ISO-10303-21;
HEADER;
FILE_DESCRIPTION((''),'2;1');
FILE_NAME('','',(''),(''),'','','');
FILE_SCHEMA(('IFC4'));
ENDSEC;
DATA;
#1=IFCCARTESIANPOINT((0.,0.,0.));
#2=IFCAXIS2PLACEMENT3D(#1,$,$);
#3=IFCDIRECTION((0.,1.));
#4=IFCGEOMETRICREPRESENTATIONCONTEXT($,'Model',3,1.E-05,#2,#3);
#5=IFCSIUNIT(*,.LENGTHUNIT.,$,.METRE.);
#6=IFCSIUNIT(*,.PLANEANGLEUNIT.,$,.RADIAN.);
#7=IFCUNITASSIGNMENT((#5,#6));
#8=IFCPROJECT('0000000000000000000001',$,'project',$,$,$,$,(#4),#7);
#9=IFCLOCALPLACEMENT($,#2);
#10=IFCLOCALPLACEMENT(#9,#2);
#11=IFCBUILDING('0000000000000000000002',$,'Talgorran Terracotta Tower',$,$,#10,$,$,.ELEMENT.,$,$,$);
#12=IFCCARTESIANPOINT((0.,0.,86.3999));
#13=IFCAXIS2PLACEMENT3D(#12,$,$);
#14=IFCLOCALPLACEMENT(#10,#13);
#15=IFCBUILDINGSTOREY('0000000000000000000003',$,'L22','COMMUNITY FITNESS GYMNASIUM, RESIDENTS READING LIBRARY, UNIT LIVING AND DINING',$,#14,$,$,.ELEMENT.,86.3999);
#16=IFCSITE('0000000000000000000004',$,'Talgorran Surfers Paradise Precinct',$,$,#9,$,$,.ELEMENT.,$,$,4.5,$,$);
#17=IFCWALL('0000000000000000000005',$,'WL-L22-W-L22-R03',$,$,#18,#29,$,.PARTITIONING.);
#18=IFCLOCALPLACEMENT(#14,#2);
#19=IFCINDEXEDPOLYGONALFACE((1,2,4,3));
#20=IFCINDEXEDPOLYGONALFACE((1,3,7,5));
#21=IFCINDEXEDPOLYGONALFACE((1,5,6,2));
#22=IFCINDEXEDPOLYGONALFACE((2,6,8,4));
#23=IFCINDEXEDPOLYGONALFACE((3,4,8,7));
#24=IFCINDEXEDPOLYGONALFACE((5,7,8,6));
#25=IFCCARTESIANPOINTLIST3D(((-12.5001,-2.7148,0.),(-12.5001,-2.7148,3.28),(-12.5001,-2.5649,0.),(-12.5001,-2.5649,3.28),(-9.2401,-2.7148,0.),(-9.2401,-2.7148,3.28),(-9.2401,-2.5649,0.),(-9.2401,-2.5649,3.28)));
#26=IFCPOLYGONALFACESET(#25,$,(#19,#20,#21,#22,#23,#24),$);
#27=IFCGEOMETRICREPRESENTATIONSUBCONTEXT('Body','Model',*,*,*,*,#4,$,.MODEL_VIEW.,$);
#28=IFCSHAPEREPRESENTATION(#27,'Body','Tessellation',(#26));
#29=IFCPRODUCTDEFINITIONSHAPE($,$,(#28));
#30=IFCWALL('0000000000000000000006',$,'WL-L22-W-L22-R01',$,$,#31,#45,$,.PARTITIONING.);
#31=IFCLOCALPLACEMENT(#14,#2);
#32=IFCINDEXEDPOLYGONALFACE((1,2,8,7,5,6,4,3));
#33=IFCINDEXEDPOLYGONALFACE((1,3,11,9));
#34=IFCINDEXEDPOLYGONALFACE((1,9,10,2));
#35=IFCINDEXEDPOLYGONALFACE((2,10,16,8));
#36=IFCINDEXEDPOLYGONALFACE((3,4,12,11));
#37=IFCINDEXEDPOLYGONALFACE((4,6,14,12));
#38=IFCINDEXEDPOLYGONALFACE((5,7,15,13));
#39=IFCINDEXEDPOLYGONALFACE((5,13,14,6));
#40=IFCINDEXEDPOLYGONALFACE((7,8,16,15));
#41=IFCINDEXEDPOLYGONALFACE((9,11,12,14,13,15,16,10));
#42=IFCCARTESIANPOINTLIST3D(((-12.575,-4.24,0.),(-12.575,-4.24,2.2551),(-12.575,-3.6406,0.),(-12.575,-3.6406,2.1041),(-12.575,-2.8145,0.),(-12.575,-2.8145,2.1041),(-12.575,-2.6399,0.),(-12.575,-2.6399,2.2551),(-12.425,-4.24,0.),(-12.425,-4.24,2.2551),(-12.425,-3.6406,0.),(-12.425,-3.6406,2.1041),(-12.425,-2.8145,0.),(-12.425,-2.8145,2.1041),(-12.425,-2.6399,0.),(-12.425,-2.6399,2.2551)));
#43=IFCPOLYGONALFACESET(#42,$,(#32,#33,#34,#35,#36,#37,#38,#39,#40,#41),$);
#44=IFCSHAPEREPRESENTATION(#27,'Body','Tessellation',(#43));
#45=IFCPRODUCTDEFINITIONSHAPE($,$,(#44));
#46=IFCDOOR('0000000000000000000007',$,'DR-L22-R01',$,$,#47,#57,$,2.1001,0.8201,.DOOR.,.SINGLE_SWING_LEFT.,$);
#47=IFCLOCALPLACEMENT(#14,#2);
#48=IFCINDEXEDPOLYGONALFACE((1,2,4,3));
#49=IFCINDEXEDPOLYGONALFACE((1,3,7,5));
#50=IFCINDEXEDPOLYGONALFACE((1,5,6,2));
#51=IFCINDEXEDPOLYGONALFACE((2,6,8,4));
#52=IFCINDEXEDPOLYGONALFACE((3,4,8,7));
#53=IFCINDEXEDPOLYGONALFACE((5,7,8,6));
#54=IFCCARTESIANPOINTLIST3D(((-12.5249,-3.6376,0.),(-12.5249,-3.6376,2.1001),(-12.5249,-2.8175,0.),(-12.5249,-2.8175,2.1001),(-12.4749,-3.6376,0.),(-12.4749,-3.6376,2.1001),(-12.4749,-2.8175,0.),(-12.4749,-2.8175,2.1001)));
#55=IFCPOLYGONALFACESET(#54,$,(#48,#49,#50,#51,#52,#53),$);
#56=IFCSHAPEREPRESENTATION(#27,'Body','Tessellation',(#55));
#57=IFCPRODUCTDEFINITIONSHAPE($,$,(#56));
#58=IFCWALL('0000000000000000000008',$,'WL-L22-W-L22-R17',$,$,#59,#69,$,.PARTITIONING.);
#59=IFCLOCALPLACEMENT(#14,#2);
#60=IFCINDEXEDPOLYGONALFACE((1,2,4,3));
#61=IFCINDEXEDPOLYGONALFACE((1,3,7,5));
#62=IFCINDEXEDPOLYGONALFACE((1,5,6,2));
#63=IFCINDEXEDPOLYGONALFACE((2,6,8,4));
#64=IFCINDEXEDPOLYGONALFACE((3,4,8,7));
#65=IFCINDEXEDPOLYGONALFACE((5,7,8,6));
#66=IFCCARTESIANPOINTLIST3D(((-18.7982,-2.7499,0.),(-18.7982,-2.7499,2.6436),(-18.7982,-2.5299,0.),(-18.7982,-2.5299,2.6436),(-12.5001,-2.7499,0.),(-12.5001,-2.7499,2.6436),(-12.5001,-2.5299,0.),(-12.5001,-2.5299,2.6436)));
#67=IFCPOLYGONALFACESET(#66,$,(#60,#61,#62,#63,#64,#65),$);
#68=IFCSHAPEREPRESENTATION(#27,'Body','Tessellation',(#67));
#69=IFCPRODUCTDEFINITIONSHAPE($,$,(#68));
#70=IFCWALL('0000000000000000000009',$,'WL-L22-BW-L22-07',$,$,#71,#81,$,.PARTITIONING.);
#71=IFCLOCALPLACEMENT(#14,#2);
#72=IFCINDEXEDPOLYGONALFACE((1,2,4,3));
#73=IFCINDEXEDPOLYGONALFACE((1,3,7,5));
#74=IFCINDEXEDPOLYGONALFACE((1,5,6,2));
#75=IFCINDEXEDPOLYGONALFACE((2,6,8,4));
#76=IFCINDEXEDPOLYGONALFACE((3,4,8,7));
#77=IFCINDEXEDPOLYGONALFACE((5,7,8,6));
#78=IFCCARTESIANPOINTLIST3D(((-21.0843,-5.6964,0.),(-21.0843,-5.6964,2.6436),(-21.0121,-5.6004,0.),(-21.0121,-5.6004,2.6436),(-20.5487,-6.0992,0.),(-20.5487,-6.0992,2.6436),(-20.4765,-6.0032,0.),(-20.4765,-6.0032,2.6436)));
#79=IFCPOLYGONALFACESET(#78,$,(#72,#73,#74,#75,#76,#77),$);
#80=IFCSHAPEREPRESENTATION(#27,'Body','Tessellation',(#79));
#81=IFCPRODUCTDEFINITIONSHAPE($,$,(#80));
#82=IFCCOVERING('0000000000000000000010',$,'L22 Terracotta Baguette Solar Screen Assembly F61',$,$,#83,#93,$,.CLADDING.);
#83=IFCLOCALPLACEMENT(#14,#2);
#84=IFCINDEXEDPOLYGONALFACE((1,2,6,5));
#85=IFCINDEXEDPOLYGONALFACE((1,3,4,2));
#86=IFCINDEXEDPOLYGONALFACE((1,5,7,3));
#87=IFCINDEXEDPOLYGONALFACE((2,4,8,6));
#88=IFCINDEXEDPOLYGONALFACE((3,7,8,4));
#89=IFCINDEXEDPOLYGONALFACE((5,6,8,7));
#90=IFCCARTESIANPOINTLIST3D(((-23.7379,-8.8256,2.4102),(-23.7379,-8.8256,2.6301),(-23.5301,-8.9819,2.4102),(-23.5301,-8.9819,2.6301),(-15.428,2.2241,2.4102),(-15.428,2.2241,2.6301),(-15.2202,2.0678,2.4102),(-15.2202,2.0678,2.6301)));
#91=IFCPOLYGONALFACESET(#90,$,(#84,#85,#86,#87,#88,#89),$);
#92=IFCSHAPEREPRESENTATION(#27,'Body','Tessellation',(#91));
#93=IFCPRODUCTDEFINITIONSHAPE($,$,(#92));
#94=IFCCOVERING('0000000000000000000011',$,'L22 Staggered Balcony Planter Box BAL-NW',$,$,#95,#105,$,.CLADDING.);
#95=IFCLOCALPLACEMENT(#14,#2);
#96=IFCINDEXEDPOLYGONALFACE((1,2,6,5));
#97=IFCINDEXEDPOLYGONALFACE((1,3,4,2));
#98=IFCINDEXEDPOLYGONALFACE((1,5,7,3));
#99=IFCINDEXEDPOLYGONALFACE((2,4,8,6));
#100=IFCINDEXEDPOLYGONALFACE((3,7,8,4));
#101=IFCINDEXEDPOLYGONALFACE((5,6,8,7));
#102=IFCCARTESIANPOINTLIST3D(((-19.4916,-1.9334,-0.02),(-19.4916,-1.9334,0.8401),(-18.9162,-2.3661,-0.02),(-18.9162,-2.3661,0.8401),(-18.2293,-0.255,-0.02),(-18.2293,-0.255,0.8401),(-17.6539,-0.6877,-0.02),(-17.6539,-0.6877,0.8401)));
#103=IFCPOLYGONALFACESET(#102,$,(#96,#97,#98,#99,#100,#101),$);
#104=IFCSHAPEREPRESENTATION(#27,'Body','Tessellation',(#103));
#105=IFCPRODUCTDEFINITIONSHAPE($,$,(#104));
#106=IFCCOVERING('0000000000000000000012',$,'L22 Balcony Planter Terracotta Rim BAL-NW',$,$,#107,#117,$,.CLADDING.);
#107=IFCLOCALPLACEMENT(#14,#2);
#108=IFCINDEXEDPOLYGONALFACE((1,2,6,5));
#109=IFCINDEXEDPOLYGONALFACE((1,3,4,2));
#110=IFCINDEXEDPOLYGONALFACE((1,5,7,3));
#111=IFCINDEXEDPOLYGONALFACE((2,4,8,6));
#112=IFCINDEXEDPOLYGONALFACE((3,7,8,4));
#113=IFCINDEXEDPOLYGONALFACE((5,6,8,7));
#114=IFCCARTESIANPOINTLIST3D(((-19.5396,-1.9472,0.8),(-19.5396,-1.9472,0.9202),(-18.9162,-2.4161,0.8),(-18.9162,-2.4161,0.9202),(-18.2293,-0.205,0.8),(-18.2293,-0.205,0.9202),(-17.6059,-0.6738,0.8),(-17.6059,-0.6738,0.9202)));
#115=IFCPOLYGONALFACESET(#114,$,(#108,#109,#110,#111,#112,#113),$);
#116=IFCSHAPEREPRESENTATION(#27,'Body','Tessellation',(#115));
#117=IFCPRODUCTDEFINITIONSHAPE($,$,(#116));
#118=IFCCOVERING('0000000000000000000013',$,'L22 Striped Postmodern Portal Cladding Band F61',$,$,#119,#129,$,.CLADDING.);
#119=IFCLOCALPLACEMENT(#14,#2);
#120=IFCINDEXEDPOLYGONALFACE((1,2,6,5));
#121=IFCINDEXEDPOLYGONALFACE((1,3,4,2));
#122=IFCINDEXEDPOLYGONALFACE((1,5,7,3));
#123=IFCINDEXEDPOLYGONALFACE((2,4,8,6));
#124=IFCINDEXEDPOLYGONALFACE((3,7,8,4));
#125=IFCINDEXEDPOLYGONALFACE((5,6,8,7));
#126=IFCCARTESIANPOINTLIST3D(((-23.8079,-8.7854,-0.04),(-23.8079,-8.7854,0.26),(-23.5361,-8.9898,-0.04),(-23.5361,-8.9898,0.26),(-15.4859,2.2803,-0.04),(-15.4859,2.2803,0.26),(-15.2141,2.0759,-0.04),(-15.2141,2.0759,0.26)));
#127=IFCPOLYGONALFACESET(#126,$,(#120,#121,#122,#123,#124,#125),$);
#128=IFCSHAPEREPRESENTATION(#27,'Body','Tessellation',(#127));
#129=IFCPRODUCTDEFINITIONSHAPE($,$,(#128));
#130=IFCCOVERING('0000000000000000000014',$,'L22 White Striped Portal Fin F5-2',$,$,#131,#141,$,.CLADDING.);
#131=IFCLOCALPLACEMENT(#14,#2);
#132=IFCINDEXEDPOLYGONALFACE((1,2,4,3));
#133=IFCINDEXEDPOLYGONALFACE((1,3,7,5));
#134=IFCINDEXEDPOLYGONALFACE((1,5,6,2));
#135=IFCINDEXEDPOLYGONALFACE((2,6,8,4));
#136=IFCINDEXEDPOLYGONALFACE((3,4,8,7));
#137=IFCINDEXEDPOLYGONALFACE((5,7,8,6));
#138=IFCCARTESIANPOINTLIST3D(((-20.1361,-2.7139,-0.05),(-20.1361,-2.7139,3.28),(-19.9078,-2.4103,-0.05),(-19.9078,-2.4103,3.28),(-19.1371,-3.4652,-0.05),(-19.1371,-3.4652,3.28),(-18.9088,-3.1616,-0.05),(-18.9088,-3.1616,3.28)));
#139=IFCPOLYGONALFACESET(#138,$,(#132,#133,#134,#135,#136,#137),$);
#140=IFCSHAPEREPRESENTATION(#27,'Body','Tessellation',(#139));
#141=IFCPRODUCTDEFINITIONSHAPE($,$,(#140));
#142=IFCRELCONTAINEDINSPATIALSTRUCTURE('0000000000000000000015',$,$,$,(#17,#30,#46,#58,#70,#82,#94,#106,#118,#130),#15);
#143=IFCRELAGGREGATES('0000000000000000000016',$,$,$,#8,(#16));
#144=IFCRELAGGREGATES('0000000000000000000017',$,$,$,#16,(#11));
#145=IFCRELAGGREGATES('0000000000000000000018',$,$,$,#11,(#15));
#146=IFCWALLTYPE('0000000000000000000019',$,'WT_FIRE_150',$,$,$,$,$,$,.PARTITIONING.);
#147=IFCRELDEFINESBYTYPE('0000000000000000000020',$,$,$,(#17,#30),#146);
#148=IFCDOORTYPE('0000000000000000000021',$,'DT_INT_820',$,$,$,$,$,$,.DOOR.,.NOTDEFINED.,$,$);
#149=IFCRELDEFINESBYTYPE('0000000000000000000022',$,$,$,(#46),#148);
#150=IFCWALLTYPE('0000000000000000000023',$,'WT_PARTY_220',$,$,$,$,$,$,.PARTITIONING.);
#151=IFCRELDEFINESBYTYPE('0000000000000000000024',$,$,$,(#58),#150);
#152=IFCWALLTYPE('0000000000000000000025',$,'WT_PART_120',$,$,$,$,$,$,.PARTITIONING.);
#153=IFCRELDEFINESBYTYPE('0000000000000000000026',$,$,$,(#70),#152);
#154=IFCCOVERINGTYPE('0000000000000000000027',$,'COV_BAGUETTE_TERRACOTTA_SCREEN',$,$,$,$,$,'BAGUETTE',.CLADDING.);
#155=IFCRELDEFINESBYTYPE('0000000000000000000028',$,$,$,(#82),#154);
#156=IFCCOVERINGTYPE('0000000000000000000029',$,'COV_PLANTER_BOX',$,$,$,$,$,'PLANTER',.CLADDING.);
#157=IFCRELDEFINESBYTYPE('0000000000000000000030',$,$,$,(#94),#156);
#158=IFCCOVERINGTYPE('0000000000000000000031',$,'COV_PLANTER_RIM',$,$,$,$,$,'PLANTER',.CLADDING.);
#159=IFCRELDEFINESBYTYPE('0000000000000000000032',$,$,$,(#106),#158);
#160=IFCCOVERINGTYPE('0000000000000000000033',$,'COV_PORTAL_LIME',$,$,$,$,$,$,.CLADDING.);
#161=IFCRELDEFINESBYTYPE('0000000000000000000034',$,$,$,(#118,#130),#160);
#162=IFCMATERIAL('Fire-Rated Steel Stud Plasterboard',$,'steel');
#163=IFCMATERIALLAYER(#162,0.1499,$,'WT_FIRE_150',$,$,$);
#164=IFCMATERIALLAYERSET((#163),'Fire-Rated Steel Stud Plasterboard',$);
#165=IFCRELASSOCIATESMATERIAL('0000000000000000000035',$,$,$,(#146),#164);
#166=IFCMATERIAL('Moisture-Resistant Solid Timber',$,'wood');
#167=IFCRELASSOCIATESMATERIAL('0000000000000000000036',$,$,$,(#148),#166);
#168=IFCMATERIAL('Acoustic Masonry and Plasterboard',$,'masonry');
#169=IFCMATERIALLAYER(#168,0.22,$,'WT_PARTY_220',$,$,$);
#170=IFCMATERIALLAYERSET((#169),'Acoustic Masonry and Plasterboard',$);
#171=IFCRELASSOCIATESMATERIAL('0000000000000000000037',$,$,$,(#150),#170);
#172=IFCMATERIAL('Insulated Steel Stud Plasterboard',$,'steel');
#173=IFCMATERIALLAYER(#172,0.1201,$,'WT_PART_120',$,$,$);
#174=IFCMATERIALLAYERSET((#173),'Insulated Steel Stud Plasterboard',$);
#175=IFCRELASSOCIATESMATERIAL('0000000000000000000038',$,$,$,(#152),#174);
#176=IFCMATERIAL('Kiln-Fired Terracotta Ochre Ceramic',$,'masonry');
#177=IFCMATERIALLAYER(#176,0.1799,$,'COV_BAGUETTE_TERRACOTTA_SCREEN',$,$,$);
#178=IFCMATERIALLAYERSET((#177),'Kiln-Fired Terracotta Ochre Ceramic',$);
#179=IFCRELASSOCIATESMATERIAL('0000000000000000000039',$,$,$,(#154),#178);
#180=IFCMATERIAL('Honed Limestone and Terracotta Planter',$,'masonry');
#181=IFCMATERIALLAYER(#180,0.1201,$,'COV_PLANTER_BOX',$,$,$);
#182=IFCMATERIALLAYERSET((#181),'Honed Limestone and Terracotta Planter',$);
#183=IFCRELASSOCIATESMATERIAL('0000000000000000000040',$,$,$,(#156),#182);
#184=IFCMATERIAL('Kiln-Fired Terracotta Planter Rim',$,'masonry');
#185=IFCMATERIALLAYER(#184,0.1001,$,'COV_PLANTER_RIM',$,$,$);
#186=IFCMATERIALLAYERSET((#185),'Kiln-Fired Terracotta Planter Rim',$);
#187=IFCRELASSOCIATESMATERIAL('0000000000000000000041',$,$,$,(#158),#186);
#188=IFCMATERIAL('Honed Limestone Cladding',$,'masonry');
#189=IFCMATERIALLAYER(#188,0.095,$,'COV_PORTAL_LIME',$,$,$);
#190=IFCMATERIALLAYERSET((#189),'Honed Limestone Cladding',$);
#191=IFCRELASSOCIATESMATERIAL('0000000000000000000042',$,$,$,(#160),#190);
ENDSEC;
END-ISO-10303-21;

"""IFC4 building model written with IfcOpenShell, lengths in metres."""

from ifc_helpers import new_model, si_unit, direction, frame, frame_2d, origin, origin_2d, place, context, subcontext, project, spatial, rectangle, extrude, material, layer, layer_set, type_object, element, fill, save


model = new_model("IFC4")

# Units and contexts
model_context = context("Model", 3, precision=1e-05, world=origin(), true_north=direction((0.0, 1.0)))
body_context = subcontext(model_context, "Body", "Model", "MODEL_VIEW")
ifc_project = project(units=[si_unit("LENGTHUNIT", "METRE"), si_unit("PLANEANGLEUNIT", "RADIAN")], contexts=[model_context])

# Site, building, storey
site_placement = place(None, origin())
site = spatial("IfcSite", under=ifc_project, at=site_placement, Name="Talgorran Surfers Paradise Precinct", CompositionType="ELEMENT", RefElevation=4.5)
building_placement = place(site_placement, origin())
building = spatial("IfcBuilding", under=site, at=building_placement, Name="Talgorran Terracotta Tower", CompositionType="ELEMENT")
storey_placement = place(building_placement, frame((0.0, 0.0, 86.3999)))
storey = spatial("IfcBuildingStorey", under=building, at=storey_placement, Name="L22", Description="COMMUNITY FITNESS GYMNASIUM, RESIDENTS READING LIBRARY, UNIT LIVING AND DINING", CompositionType="ELEMENT", Elevation=86.3999)

# Shared definitions
ifc_material_1 = material(Name="Fire-Rated Steel Stud Plasterboard", Category="steel")
ifc_layer_1 = layer(ifc_material_1, 0.1499, Name="WT_FIRE_150")
ifc_layer_set_1 = layer_set([ifc_layer_1], Name="Fire-Rated Steel Stud Plasterboard")
wall_type_1 = type_object("IfcWallType", Name="WT_FIRE_150", PredefinedType="PARTITIONING", material=ifc_layer_set_1)

# Wall
wall_1_placement = place(storey_placement, frame((-12.5, -2.6399, 0.0), z_axis=(0.0, 0.0, 1.0), x_axis=(1.0, 0.0, 0.0)))
element("IfcWall", 1, at=wall_1_placement, inside=storey, type_object=wall_type_1, Name="WL-L22-W-L22-R03", PredefinedType="PARTITIONING", context=body_context, shape_type="SweptSolid", body=[
    extrude(rectangle(XDim=3.26, YDim=0.1499, at=frame_2d((1.6299, 0.0))), origin(), (0.0, 0.0, 1.0), 3.28),
])

# Wall, opening, door
wall_2_placement = place(storey_placement, frame((-12.5, -4.24, 0.0), z_axis=(0.0, 0.0, 1.0), x_axis=(0.0, 1.0, 0.0)))
wall_2 = element("IfcWall", 2, at=wall_2_placement, inside=storey, type_object=wall_type_1, Name="WL-L22-W-L22-R01", PredefinedType="PARTITIONING", context=body_context, shape_type="SweptSolid", body=[
    extrude(rectangle(XDim=1.6001, YDim=0.1499, at=frame_2d((0.8, 0.0))), origin(), (0.0, 0.0, 1.0), 2.2551),
])
opening_1_placement = place(wall_2_placement, frame((0.6023, 0.0, 0.0)))
opening_1 = element("IfcOpeningElement", 3, at=opening_1_placement, cuts=wall_2, PredefinedType="OPENING", context=body_context, shape_type="SweptSolid", body=[
    extrude(rectangle(XDim=0.8261, YDim=2.1041, at=frame_2d((0.4102, 1.052))), frame((0.0, 0.085, 0.0), z_axis=(0.0, -1.0, 0.0), x_axis=(1.0, 0.0, 0.0)), (0.0, 0.0, 1.0), 0.1699),
])
ifc_material_2 = material(Name="Moisture-Resistant Solid Timber", Category="wood")
door_type_1 = type_object("IfcDoorType", Name="DT_INT_820", OperationType="NOTDEFINED", PredefinedType="DOOR", material=ifc_material_2)
door_1_placement = place(opening_1_placement, origin())
door_1 = element("IfcDoor", 4, at=door_1_placement, inside=storey, type_object=door_type_1, Name="DR-L22-R01", OperationType="SINGLE_SWING_LEFT", OverallHeight=2.1001, OverallWidth=0.8201, PredefinedType="DOOR", context=body_context, shape_type="SweptSolid", body=[
    extrude(rectangle(XDim=0.8201, YDim=2.1001, at=frame_2d((0.4102, 1.05))), frame((0.0, 0.0249, 0.0), z_axis=(0.0, -1.0, 0.0), x_axis=(1.0, 0.0, 0.0)), (0.0, 0.0, 1.0), 0.05),
])
fill(opening_1, door_1)

# Walls
ifc_material_3 = material(Name="Acoustic Masonry and Plasterboard", Category="masonry")
ifc_layer_2 = layer(ifc_material_3, 0.22, Name="WT_PARTY_220")
ifc_layer_set_2 = layer_set([ifc_layer_2], Name="Acoustic Masonry and Plasterboard")
wall_type_2 = type_object("IfcWallType", Name="WT_PARTY_220", PredefinedType="PARTITIONING", material=ifc_layer_set_2)
wall_3_placement = place(storey_placement, frame((-18.7981, -2.6399, 0.0), z_axis=(0.0, 0.0, 1.0), x_axis=(1.0, 0.0, 0.0)))
element("IfcWall", 5, at=wall_3_placement, inside=storey, type_object=wall_type_2, Name="WL-L22-W-L22-R17", PredefinedType="PARTITIONING", context=body_context, shape_type="SweptSolid", body=[
    extrude(rectangle(XDim=6.2981, YDim=0.22, at=frame_2d((3.1489, 0.0))), origin(), (0.0, 0.0, 1.0), 2.6436),
])
ifc_material_4 = material(Name="Insulated Steel Stud Plasterboard", Category="steel")
ifc_layer_3 = layer(ifc_material_4, 0.1201, Name="WT_PART_120")
ifc_layer_set_3 = layer_set([ifc_layer_3], Name="Insulated Steel Stud Plasterboard")
wall_type_3 = type_object("IfcWallType", Name="WT_PART_120", PredefinedType="PARTITIONING", material=ifc_layer_set_3)
wall_4_placement = place(storey_placement, frame((-21.0481, -5.6484, 0.0), z_axis=(0.0, 0.0, 1.0), x_axis=(0.799212, -0.601049, 0.0)))
element("IfcWall", 6, at=wall_4_placement, inside=storey, type_object=wall_type_3, Name="WL-L22-BW-L22-07", PredefinedType="PARTITIONING", context=body_context, shape_type="SweptSolid", body=[
    extrude(rectangle(XDim=0.6702, YDim=0.1201, at=frame_2d((0.335, 0.0))), origin(), (0.0, 0.0, 1.0), 2.6436),
])

# Coverings
ifc_material_5 = material(Name="Kiln-Fired Terracotta Ochre Ceramic", Category="masonry")
ifc_layer_4 = layer(ifc_material_5, 0.1799, Name="COV_BAGUETTE_TERRACOTTA_SCREEN")
ifc_layer_set_4 = layer_set([ifc_layer_4], Name="Kiln-Fired Terracotta Ochre Ceramic")
covering_type_1 = type_object("IfcCoveringType", Name="COV_BAGUETTE_TERRACOTTA_SCREEN", ElementType="BAGUETTE", PredefinedType="CLADDING", material=ifc_layer_set_4)
covering_1_placement = place(storey_placement, frame((-19.479, -3.3789, 2.4102), z_axis=(0.0, 0.0, 1.0), x_axis=(-0.601048, -0.799213, 0.0)))
element("IfcCovering", 7, at=covering_1_placement, inside=storey, type_object=covering_type_1, Name="L22 Terracotta Baguette Solar Screen Assembly F61", PredefinedType="CLADDING", context=body_context, shape_type="SweptSolid", body=[
    extrude(rectangle(XDim=13.8257, YDim=0.26, at=origin_2d()), origin(), (0.0, 0.0, 1.0), 0.22),
])
ifc_material_6 = material(Name="Honed Limestone and Terracotta Planter", Category="masonry")
ifc_layer_5 = layer(ifc_material_6, 0.1201, Name="COV_PLANTER_BOX")
ifc_layer_set_5 = layer_set([ifc_layer_5], Name="Honed Limestone and Terracotta Planter")
covering_type_2 = type_object("IfcCoveringType", Name="COV_PLANTER_BOX", ElementType="PLANTER", PredefinedType="CLADDING", material=ifc_layer_set_5)
covering_2_placement = place(storey_placement, frame((-18.5728, -1.3105, -0.02), z_axis=(0.0, 0.0, 1.0), x_axis=(-0.601048, -0.799213, 0.0)))
element("IfcCovering", 8, at=covering_2_placement, inside=storey, type_object=covering_type_2, Name="L22 Staggered Balcony Planter Box BAL-NW", PredefinedType="CLADDING", context=body_context, shape_type="SweptSolid", body=[
    extrude(rectangle(XDim=2.1001, YDim=0.72, at=origin_2d()), origin(), (0.0, 0.0, 1.0), 0.8601),
])
ifc_material_7 = material(Name="Kiln-Fired Terracotta Planter Rim", Category="masonry")
ifc_layer_6 = layer(ifc_material_7, 0.1001, Name="COV_PLANTER_RIM")
ifc_layer_set_6 = layer_set([ifc_layer_6], Name="Kiln-Fired Terracotta Planter Rim")
covering_type_3 = type_object("IfcCoveringType", Name="COV_PLANTER_RIM", ElementType="PLANTER", PredefinedType="CLADDING", material=ifc_layer_set_6)
covering_3_placement = place(storey_placement, frame((-18.5728, -1.3105, 0.8), z_axis=(0.0, 0.0, 1.0), x_axis=(-0.601048, -0.799213, 0.0)))
element("IfcCovering", 9, at=covering_3_placement, inside=storey, type_object=covering_type_3, Name="L22 Balcony Planter Terracotta Rim BAL-NW", PredefinedType="CLADDING", context=body_context, shape_type="SweptSolid", body=[
    extrude(rectangle(XDim=2.1799, YDim=0.78, at=origin_2d()), origin(), (0.0, 0.0, 1.0), 0.1201),
])
ifc_material_8 = material(Name="Honed Limestone Cladding", Category="masonry")
ifc_layer_7 = layer(ifc_material_8, 0.095, Name="COV_PORTAL_LIME")
ifc_layer_set_7 = layer_set([ifc_layer_7], Name="Honed Limestone Cladding")
covering_type_4 = type_object("IfcCoveringType", Name="COV_PORTAL_LIME", PredefinedType="CLADDING", material=ifc_layer_set_7)
covering_4_placement = place(storey_placement, frame((-19.511, -3.3547, -0.04), z_axis=(0.0, 0.0, 1.0), x_axis=(-0.601048, -0.799213, 0.0)))
element("IfcCovering", 10, at=covering_4_placement, inside=storey, type_object=covering_type_4, Name="L22 Striped Postmodern Portal Cladding Band F61", PredefinedType="CLADDING", context=body_context, shape_type="SweptSolid", body=[
    extrude(rectangle(XDim=13.8457, YDim=0.3401, at=origin_2d()), origin(), (0.0, 0.0, 1.0), 0.3),
])
covering_5_placement = place(storey_placement, frame((-19.5225, -2.9377, -0.05), z_axis=(0.0, 0.0, 1.0), x_axis=(-0.601048, -0.799213, 0.0)))
element("IfcCovering", 11, at=covering_5_placement, inside=storey, type_object=covering_type_4, Name="L22 White Striped Portal Fin F5-2", PredefinedType="CLADDING", context=body_context, shape_type="SweptSolid", body=[
    extrude(rectangle(XDim=0.3799, YDim=1.25, at=origin_2d()), origin(), (0.0, 0.0, 1.0), 3.3301),
])

save(model, "model.ifc")
